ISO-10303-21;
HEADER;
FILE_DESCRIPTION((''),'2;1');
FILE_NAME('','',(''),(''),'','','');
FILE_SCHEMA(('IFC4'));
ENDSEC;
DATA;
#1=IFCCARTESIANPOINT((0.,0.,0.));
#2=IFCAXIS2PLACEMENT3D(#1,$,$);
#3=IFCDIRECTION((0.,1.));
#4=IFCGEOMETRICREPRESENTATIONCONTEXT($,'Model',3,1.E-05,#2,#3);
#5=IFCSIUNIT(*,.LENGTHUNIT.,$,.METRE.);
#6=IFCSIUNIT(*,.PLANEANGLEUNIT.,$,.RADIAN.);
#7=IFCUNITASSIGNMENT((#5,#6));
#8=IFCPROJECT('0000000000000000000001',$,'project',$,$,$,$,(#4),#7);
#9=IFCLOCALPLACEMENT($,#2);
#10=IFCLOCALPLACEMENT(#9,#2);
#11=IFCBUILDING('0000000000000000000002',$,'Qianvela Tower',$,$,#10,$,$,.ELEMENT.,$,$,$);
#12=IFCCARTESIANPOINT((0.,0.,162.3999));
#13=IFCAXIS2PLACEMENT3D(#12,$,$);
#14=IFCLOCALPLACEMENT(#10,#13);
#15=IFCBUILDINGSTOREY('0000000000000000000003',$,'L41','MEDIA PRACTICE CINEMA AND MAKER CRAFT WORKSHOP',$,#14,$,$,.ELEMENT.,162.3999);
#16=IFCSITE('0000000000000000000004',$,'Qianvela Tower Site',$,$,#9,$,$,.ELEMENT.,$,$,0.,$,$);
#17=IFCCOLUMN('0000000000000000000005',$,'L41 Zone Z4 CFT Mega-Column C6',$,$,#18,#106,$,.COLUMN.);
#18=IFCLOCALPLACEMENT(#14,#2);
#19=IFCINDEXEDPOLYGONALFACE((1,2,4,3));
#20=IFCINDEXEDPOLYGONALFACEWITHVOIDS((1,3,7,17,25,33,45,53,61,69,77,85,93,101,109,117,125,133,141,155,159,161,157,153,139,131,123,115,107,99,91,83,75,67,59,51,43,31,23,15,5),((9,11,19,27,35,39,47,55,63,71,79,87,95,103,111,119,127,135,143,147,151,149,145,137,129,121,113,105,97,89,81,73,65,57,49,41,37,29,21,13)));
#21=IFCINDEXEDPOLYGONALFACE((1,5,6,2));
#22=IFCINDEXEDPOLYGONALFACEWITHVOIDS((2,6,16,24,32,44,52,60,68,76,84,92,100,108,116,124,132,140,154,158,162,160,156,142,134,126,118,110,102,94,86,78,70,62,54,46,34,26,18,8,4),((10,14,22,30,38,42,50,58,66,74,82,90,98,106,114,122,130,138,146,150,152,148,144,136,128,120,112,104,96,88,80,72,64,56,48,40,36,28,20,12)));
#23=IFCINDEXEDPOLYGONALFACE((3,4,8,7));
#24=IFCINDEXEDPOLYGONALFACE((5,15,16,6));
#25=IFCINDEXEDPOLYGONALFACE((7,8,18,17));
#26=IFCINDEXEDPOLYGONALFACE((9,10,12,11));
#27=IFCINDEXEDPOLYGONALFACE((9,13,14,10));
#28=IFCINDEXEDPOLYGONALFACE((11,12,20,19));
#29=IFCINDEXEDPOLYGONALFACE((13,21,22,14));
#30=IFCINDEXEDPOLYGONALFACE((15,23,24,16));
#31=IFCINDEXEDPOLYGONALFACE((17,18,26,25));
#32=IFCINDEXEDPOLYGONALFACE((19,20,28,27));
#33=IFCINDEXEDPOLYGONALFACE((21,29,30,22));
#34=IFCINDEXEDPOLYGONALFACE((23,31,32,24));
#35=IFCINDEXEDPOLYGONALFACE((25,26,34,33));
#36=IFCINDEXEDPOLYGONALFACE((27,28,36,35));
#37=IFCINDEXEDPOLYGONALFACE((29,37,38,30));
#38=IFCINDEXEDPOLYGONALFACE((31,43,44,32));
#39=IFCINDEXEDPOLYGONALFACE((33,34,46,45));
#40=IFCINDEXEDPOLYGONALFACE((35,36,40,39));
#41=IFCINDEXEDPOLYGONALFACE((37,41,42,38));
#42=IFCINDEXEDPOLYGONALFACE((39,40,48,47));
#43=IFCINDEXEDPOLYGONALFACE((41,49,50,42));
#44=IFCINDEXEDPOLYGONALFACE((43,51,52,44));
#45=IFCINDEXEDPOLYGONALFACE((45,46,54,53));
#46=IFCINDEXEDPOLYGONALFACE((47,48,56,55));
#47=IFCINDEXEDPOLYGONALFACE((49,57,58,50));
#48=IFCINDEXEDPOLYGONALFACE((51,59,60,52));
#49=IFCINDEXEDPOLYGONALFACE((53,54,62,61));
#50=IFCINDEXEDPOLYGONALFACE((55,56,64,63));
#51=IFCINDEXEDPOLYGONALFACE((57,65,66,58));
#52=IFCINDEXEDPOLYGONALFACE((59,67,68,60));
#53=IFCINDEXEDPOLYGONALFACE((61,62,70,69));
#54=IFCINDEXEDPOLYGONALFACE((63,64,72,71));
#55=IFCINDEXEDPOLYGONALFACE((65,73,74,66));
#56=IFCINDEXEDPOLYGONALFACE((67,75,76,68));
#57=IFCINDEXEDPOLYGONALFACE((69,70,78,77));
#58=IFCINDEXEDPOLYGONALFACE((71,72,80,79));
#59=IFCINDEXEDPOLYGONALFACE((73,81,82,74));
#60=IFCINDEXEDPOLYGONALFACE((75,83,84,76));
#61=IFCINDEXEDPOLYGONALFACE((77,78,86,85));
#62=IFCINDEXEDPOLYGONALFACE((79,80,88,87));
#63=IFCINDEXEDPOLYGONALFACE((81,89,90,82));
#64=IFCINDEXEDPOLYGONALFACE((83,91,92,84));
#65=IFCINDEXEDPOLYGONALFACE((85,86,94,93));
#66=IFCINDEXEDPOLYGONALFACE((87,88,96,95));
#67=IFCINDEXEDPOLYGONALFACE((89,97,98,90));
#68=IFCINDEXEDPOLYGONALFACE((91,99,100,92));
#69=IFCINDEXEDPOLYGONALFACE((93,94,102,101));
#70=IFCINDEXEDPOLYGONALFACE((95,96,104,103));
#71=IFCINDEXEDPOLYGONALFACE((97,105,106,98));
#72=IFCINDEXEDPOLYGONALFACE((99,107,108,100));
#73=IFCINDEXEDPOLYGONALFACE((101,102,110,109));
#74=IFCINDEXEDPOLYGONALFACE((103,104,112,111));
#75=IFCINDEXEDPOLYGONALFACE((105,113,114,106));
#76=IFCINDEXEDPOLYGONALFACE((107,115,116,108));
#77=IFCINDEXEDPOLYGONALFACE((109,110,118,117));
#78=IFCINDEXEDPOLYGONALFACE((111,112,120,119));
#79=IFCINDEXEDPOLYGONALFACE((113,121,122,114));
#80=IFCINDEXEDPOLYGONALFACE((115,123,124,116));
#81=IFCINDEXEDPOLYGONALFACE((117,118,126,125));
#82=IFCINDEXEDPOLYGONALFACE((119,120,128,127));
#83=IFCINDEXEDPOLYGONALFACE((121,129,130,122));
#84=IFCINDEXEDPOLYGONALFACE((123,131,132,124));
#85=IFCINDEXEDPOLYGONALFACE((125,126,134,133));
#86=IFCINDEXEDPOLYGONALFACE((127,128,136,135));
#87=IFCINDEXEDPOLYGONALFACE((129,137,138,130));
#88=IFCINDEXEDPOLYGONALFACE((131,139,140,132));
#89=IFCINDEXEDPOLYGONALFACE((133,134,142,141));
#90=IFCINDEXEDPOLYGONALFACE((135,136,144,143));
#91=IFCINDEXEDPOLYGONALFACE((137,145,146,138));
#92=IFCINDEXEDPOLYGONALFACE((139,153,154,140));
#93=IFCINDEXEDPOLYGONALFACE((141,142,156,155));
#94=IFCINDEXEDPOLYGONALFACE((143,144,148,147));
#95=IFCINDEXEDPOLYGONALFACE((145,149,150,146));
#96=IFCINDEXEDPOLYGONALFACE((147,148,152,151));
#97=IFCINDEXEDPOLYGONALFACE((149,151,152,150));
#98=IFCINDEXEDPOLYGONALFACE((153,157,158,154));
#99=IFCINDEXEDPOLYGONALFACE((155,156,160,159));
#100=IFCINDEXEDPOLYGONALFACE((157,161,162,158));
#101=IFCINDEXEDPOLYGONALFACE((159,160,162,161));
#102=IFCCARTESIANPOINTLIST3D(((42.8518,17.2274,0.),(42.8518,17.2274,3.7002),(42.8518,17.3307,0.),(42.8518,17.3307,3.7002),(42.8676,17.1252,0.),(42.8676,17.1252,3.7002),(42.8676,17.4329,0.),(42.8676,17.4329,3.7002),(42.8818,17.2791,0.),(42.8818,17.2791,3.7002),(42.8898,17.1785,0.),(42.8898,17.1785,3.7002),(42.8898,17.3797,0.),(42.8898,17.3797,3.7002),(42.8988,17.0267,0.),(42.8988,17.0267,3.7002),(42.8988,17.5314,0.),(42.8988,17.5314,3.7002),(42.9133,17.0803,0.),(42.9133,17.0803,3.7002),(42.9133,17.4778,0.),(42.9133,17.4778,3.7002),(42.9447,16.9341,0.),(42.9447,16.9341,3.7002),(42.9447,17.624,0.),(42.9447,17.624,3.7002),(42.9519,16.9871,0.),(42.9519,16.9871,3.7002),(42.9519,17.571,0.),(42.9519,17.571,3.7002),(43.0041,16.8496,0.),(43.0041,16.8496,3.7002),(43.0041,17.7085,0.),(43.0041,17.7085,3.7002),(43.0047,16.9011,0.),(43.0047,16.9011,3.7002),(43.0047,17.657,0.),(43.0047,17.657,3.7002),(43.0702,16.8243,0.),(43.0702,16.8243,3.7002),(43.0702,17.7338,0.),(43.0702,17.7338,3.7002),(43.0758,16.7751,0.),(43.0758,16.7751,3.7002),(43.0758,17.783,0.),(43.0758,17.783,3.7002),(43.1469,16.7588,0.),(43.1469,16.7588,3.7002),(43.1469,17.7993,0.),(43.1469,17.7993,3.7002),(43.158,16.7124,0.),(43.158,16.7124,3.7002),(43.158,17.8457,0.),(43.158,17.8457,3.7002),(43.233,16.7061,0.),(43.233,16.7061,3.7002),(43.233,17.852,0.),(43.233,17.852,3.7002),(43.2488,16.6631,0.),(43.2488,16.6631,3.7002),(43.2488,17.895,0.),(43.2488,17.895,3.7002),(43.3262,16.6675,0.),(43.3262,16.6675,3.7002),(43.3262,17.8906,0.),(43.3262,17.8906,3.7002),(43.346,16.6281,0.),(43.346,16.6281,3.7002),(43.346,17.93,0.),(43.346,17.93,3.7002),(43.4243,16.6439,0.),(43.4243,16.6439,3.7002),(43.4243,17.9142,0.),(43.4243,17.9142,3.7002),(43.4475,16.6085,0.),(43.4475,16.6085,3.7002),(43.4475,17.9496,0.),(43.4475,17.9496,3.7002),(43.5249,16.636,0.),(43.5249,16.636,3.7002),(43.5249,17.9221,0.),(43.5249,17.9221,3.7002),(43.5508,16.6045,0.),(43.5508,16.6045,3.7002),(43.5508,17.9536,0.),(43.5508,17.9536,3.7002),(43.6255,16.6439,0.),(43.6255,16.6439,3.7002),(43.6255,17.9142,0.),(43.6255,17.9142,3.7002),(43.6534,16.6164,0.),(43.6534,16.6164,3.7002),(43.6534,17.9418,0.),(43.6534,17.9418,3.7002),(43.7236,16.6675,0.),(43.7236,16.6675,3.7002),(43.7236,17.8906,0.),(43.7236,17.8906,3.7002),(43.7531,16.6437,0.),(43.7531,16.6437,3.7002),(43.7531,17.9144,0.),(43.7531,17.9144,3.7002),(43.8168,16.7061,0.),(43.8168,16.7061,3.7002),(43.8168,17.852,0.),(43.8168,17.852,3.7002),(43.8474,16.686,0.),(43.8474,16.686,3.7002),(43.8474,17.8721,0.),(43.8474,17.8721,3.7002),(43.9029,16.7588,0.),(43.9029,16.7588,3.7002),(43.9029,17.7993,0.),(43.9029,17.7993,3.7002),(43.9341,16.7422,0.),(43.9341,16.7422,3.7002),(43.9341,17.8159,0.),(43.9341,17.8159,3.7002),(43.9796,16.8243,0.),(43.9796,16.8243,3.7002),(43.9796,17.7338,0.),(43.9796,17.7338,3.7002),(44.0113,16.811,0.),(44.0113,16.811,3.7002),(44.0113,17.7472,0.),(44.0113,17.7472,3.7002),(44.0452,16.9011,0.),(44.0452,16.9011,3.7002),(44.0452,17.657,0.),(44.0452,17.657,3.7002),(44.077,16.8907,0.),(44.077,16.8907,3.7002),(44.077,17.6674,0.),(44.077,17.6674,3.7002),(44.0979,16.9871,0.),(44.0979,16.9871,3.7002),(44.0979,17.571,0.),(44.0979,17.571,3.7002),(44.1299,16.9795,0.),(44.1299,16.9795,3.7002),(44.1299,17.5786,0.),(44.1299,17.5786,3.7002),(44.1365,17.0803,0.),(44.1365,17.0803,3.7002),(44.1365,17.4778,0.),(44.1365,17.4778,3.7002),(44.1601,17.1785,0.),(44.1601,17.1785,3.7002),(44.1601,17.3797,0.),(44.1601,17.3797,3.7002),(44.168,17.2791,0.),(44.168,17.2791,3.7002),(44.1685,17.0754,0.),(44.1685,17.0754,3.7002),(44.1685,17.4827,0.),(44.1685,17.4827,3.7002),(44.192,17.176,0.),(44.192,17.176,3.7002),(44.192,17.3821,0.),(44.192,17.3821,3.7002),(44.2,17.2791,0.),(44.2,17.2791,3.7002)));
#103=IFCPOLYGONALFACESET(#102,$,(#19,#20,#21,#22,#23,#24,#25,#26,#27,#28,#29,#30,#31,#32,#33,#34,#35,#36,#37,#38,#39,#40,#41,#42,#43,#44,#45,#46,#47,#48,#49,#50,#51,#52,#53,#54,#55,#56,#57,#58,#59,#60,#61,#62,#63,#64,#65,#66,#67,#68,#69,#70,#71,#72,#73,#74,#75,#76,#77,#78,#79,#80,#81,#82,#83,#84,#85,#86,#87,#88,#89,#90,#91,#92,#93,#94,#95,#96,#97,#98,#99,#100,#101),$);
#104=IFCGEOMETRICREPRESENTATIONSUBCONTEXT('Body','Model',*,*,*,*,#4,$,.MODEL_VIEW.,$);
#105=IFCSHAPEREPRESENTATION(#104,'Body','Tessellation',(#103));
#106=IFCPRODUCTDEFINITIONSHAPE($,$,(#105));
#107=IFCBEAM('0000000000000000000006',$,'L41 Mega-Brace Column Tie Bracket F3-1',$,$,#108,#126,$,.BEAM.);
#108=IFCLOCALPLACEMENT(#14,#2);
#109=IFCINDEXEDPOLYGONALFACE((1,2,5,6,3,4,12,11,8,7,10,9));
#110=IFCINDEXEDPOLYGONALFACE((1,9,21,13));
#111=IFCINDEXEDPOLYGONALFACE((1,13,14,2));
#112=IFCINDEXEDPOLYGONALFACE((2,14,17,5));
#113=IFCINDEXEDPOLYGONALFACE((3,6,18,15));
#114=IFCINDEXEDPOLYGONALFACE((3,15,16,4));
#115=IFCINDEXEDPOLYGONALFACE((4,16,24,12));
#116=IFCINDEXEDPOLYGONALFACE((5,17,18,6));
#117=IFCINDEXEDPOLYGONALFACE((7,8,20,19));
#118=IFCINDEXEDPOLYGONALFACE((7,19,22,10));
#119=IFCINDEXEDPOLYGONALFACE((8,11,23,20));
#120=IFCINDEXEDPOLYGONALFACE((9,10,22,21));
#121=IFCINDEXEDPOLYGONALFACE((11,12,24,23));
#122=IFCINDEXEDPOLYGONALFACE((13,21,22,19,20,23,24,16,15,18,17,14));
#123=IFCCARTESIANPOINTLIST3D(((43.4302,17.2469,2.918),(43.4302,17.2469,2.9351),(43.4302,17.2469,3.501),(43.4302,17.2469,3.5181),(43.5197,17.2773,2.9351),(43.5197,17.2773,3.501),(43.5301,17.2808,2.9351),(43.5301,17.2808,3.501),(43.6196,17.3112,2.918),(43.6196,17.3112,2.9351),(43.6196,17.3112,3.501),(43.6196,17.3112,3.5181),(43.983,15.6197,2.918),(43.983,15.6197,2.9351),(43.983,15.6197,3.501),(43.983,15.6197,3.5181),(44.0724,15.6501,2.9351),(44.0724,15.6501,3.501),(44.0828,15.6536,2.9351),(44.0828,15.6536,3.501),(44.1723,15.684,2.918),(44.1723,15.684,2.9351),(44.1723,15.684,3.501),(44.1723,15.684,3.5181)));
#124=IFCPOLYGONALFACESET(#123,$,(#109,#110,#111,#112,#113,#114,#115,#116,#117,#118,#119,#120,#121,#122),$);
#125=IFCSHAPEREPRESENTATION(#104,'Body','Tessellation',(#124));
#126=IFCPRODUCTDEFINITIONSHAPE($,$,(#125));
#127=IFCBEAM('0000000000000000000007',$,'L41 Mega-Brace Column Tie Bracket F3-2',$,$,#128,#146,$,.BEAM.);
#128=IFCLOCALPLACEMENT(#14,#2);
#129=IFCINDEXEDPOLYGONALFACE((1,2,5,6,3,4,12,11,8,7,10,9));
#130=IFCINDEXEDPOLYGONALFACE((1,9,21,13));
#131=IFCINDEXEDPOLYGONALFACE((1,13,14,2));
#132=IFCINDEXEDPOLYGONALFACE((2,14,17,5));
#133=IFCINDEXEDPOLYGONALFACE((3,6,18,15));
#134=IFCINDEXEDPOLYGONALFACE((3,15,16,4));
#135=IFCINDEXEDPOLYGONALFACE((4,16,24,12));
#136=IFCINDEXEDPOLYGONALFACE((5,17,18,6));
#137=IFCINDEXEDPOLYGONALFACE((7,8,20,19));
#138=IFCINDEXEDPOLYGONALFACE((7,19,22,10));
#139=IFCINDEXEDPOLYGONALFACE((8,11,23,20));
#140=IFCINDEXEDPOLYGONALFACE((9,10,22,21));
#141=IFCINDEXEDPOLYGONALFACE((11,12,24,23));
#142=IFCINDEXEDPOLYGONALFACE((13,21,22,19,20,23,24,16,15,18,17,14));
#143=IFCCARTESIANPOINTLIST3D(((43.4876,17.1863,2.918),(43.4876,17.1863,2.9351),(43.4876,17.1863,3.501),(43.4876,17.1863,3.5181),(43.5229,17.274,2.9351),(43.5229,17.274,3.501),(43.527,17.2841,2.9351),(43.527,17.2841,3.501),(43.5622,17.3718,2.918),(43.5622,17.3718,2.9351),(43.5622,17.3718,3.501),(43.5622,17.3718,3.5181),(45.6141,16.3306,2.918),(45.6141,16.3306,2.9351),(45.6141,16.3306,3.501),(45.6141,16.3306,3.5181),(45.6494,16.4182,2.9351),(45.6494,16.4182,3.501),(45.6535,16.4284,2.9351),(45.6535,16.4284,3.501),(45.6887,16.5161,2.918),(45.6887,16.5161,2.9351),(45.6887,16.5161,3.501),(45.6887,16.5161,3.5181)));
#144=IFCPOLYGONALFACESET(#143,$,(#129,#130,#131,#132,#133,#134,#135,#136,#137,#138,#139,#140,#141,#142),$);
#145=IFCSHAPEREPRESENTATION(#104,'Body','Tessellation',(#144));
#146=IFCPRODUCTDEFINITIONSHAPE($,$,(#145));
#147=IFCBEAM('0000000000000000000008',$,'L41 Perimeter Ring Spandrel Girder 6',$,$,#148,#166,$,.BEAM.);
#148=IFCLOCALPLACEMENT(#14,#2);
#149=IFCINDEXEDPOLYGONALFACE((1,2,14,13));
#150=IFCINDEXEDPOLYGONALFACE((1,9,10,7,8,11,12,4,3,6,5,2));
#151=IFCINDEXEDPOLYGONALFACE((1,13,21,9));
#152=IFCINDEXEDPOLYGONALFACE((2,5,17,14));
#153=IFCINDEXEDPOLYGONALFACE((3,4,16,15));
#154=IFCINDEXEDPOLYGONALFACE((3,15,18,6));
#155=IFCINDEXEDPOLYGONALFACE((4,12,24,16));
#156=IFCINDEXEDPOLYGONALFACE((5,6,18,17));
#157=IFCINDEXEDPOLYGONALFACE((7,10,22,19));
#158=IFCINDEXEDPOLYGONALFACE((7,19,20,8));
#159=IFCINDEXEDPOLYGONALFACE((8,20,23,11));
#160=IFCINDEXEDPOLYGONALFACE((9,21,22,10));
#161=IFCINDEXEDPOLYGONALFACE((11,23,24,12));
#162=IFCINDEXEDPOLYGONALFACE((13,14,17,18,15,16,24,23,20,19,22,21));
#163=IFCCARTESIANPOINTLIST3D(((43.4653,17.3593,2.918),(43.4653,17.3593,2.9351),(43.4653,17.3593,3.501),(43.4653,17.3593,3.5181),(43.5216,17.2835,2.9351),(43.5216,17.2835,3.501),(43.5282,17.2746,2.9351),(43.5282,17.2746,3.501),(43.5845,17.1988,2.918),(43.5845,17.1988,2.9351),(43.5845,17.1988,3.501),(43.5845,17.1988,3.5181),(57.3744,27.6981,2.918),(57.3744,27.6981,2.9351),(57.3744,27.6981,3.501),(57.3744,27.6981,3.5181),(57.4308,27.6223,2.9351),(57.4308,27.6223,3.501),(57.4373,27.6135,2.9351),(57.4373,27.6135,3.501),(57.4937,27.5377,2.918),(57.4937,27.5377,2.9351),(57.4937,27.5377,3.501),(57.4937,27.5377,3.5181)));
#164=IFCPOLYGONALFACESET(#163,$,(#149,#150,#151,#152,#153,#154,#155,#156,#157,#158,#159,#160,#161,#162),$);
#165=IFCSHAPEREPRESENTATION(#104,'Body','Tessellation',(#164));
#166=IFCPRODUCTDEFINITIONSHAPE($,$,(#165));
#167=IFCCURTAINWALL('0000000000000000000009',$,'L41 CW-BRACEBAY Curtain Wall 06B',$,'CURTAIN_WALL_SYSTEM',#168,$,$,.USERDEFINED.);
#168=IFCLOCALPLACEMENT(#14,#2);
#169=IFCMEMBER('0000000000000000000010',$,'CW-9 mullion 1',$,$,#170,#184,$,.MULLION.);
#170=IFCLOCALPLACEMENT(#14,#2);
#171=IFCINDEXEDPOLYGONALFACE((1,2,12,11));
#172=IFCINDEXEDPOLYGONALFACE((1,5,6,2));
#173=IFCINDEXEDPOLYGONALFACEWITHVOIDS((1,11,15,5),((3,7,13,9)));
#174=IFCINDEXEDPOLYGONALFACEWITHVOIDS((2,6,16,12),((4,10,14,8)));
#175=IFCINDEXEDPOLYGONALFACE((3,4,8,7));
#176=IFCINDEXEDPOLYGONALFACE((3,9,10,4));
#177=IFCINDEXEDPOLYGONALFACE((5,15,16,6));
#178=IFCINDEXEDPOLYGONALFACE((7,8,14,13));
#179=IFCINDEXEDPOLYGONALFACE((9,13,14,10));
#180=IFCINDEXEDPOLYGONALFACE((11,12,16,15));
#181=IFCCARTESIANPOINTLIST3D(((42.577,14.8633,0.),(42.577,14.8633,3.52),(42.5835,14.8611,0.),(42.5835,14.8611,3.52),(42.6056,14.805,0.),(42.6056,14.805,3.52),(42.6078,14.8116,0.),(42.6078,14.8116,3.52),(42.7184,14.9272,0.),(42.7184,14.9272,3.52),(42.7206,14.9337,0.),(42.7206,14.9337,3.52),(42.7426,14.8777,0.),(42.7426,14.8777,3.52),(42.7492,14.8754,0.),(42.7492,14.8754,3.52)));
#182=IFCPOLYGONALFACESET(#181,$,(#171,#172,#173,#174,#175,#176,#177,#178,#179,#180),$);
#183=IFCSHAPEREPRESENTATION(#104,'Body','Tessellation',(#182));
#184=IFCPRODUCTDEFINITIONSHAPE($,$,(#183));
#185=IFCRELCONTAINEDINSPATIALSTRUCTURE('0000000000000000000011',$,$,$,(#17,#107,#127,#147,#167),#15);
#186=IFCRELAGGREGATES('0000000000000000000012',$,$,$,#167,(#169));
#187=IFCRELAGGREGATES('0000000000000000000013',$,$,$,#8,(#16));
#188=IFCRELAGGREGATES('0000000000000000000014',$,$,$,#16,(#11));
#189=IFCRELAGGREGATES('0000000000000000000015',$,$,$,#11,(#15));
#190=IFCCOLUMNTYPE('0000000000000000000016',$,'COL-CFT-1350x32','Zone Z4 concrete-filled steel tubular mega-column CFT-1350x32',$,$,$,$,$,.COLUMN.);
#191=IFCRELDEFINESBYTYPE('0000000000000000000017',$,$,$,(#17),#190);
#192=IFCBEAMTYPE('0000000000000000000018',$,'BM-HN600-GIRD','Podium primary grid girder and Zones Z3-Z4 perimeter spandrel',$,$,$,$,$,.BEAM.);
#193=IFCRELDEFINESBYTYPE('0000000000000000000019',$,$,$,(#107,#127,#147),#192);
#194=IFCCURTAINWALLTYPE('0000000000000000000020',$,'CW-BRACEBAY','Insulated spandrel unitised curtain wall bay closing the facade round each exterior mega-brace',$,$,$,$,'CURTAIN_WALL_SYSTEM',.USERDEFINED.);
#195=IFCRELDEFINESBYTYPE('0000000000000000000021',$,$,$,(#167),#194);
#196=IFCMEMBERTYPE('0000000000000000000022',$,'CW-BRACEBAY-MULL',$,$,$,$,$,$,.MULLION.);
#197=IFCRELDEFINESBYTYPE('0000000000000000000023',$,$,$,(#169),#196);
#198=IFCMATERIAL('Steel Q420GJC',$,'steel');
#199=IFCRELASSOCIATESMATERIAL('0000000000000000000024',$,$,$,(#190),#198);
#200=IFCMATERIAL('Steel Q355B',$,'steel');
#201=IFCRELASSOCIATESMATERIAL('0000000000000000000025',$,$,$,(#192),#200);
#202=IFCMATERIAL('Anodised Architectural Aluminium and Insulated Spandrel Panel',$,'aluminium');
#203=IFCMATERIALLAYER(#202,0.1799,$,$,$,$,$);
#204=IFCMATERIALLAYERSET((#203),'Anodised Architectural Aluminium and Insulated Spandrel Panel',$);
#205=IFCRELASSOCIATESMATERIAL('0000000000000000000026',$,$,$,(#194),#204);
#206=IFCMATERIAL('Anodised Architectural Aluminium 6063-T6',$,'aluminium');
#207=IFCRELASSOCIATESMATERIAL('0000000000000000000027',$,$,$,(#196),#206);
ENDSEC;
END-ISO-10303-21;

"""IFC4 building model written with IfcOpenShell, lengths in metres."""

from ifc_helpers import new_model, si_unit, direction, frame, origin, origin_2d, place, context, subcontext, project, spatial, hollow_rectangle, hollow_circle, i_section, extrude, material, layer, layer_set, material_profile, profile_set, type_object, element, aggregate, save


model = new_model("IFC4")

# Units and contexts
model_context = context("Model", 3, precision=1e-05, world=origin(), true_north=direction((0.0, 1.0)))
body_context = subcontext(model_context, "Body", "Model", "MODEL_VIEW")
ifc_project = project(units=[si_unit("LENGTHUNIT", "METRE"), si_unit("PLANEANGLEUNIT", "RADIAN")], contexts=[model_context])

# Site, building, storey
site_placement = place(None, origin())
site = spatial("IfcSite", under=ifc_project, at=site_placement, Name="Qianvela Tower Site", CompositionType="ELEMENT", RefElevation=0.0)
building_placement = place(site_placement, origin())
building = spatial("IfcBuilding", under=site, at=building_placement, Name="Qianvela Tower", CompositionType="ELEMENT")
storey_placement = place(building_placement, frame((0.0, 0.0, 162.3999)))
storey = spatial("IfcBuildingStorey", under=building, at=storey_placement, Name="L41", Description="MEDIA PRACTICE CINEMA AND MAKER CRAFT WORKSHOP", CompositionType="ELEMENT", Elevation=162.3999)

# Column
ifc_material_1 = material(Name="Steel Q420GJC", Category="steel")
ifc_material_profile_1 = material_profile(ifc_material_1, hollow_circle(Radius=0.675, WallThickness=0.032, at=origin_2d()), Name="CFT-1350x32")
ifc_profile_set_1 = profile_set([ifc_material_profile_1], Name="Steel Q420GJC")
column_type = type_object("IfcColumnType", Name="COL-CFT-1350x32", Description="Zone Z4 concrete-filled steel tubular mega-column CFT-1350x32", PredefinedType="COLUMN", material=ifc_profile_set_1)
column_placement = place(storey_placement, frame((43.5249, 17.2791, 0.0), z_axis=(0.0, 0.0, 1.0), x_axis=(1.0, 0.0, 0.0)))
element("IfcColumn", 1, at=column_placement, inside=storey, type_object=column_type, Name="L41 Zone Z4 CFT Mega-Column C6", PredefinedType="COLUMN", context=body_context, shape_type="SweptSolid", body=[
    extrude(hollow_circle(Radius=0.675, WallThickness=0.032, at=origin_2d()), origin(), (0.0, 0.0, 1.0), 3.7002),
])

# Beams
ifc_material_2 = material(Name="Steel Q355B", Category="steel")
ifc_material_profile_2 = material_profile(ifc_material_2, i_section(OverallWidth=0.2, OverallDepth=0.6001, WebThickness=0.011, FlangeThickness=0.0171, at=origin_2d()), Name="HN600x200x11x17")
ifc_profile_set_2 = profile_set([ifc_material_profile_2], Name="Steel Q355B")
beam_type = type_object("IfcBeamType", Name="BM-HN600-GIRD", Description="Podium primary grid girder and Zones Z3-Z4 perimeter spandrel", PredefinedType="BEAM", material=ifc_profile_set_2)
beam_1_placement = place(storey_placement, frame((43.5249, 17.2791, 3.218), z_axis=(0.321635, -0.946864, 0.0), x_axis=(0.946864, 0.321635, 0.0)))
element("IfcBeam", 2, at=beam_1_placement, inside=storey, type_object=beam_type, Name="L41 Mega-Brace Column Tie Bracket F3-1", PredefinedType="BEAM", context=body_context, shape_type="SweptSolid", body=[
    extrude(i_section(OverallWidth=0.2, OverallDepth=0.6001, WebThickness=0.011, FlangeThickness=0.0171, at=origin_2d()), origin(), (0.0, 0.0, 1.0), 1.7185),
])
beam_2_placement = place(storey_placement, frame((43.5249, 17.2791, 3.218), z_axis=(0.927703, -0.373318, 0.0), x_axis=(0.373318, 0.927703, 0.0)))
element("IfcBeam", 3, at=beam_2_placement, inside=storey, type_object=beam_type, Name="L41 Mega-Brace Column Tie Bracket F3-2", PredefinedType="BEAM", context=body_context, shape_type="SweptSolid", body=[
    extrude(i_section(OverallWidth=0.2, OverallDepth=0.6001, WebThickness=0.011, FlangeThickness=0.0171, at=origin_2d()), origin(), (0.0, 0.0, 1.0), 2.2922),
])
beam_3_placement = place(storey_placement, frame((43.5249, 17.2791, 3.218), z_axis=(0.802569, 0.596559, 0.0), x_axis=(-0.596559, 0.802569, 0.0)))
element("IfcBeam", 4, at=beam_3_placement, inside=storey, type_object=beam_type, Name="L41 Perimeter Ring Spandrel Girder 6", PredefinedType="BEAM", context=body_context, shape_type="SweptSolid", body=[
    extrude(i_section(OverallWidth=0.2, OverallDepth=0.6001, WebThickness=0.011, FlangeThickness=0.0171, at=origin_2d()), origin(), (0.0, 0.0, 1.0), 17.3308),
])

# Curtain wall, member
ifc_material_3 = material(Name="Anodised Architectural Aluminium and Insulated Spandrel Panel", Category="aluminium")
ifc_layer_1 = layer(ifc_material_3, 0.1799)
ifc_layer_set_1 = layer_set([ifc_layer_1], Name="Anodised Architectural Aluminium and Insulated Spandrel Panel")
curtain_wall_type_1 = type_object("IfcCurtainWallType", Name="CW-BRACEBAY", Description="Insulated spandrel unitised curtain wall bay closing the facade round each exterior mega-brace", ElementType="CURTAIN_WALL_SYSTEM", PredefinedType="USERDEFINED", material=ifc_layer_set_1)
curtain_wall_1_placement = place(storey_placement, origin())
curtain_wall_1 = element("IfcCurtainWall", 5, at=curtain_wall_1_placement, inside=storey, type_object=curtain_wall_type_1, Name="L41 CW-BRACEBAY Curtain Wall 06B", ObjectType="CURTAIN_WALL_SYSTEM", PredefinedType="USERDEFINED")
ifc_material_4 = material(Name="Anodised Architectural Aluminium 6063-T6", Category="aluminium")
ifc_material_profile_3 = material_profile(ifc_material_4, hollow_rectangle(XDim=0.0649, YDim=0.1599, WallThickness=0.0049, at=origin_2d()), Name="ALU-MULL-65x160")
ifc_profile_set_3 = profile_set([ifc_material_profile_3], Name="Anodised Architectural Aluminium 6063-T6")
member_type_1 = type_object("IfcMemberType", Name="CW-BRACEBAY-MULL", PredefinedType="MULLION", material=ifc_profile_set_3)
member_1_placement = place(storey_placement, frame((42.6631, 14.8694, 0.0), z_axis=(0.0, 0.0, 1.0), x_axis=(-0.440153, 0.897923, 0.0)))
member_1 = element("IfcMember", 6, at=member_1_placement, type_object=member_type_1, Name="CW-9 mullion 1", PredefinedType="MULLION", context=body_context, shape_type="SweptSolid", body=[
    extrude(hollow_rectangle(XDim=0.0649, YDim=0.1599, WallThickness=0.0049, at=origin_2d()), origin(), (0.0, 0.0, 1.0), 3.52),
])

aggregate(curtain_wall_1, [member_1])

save(model, "model.ifc")
